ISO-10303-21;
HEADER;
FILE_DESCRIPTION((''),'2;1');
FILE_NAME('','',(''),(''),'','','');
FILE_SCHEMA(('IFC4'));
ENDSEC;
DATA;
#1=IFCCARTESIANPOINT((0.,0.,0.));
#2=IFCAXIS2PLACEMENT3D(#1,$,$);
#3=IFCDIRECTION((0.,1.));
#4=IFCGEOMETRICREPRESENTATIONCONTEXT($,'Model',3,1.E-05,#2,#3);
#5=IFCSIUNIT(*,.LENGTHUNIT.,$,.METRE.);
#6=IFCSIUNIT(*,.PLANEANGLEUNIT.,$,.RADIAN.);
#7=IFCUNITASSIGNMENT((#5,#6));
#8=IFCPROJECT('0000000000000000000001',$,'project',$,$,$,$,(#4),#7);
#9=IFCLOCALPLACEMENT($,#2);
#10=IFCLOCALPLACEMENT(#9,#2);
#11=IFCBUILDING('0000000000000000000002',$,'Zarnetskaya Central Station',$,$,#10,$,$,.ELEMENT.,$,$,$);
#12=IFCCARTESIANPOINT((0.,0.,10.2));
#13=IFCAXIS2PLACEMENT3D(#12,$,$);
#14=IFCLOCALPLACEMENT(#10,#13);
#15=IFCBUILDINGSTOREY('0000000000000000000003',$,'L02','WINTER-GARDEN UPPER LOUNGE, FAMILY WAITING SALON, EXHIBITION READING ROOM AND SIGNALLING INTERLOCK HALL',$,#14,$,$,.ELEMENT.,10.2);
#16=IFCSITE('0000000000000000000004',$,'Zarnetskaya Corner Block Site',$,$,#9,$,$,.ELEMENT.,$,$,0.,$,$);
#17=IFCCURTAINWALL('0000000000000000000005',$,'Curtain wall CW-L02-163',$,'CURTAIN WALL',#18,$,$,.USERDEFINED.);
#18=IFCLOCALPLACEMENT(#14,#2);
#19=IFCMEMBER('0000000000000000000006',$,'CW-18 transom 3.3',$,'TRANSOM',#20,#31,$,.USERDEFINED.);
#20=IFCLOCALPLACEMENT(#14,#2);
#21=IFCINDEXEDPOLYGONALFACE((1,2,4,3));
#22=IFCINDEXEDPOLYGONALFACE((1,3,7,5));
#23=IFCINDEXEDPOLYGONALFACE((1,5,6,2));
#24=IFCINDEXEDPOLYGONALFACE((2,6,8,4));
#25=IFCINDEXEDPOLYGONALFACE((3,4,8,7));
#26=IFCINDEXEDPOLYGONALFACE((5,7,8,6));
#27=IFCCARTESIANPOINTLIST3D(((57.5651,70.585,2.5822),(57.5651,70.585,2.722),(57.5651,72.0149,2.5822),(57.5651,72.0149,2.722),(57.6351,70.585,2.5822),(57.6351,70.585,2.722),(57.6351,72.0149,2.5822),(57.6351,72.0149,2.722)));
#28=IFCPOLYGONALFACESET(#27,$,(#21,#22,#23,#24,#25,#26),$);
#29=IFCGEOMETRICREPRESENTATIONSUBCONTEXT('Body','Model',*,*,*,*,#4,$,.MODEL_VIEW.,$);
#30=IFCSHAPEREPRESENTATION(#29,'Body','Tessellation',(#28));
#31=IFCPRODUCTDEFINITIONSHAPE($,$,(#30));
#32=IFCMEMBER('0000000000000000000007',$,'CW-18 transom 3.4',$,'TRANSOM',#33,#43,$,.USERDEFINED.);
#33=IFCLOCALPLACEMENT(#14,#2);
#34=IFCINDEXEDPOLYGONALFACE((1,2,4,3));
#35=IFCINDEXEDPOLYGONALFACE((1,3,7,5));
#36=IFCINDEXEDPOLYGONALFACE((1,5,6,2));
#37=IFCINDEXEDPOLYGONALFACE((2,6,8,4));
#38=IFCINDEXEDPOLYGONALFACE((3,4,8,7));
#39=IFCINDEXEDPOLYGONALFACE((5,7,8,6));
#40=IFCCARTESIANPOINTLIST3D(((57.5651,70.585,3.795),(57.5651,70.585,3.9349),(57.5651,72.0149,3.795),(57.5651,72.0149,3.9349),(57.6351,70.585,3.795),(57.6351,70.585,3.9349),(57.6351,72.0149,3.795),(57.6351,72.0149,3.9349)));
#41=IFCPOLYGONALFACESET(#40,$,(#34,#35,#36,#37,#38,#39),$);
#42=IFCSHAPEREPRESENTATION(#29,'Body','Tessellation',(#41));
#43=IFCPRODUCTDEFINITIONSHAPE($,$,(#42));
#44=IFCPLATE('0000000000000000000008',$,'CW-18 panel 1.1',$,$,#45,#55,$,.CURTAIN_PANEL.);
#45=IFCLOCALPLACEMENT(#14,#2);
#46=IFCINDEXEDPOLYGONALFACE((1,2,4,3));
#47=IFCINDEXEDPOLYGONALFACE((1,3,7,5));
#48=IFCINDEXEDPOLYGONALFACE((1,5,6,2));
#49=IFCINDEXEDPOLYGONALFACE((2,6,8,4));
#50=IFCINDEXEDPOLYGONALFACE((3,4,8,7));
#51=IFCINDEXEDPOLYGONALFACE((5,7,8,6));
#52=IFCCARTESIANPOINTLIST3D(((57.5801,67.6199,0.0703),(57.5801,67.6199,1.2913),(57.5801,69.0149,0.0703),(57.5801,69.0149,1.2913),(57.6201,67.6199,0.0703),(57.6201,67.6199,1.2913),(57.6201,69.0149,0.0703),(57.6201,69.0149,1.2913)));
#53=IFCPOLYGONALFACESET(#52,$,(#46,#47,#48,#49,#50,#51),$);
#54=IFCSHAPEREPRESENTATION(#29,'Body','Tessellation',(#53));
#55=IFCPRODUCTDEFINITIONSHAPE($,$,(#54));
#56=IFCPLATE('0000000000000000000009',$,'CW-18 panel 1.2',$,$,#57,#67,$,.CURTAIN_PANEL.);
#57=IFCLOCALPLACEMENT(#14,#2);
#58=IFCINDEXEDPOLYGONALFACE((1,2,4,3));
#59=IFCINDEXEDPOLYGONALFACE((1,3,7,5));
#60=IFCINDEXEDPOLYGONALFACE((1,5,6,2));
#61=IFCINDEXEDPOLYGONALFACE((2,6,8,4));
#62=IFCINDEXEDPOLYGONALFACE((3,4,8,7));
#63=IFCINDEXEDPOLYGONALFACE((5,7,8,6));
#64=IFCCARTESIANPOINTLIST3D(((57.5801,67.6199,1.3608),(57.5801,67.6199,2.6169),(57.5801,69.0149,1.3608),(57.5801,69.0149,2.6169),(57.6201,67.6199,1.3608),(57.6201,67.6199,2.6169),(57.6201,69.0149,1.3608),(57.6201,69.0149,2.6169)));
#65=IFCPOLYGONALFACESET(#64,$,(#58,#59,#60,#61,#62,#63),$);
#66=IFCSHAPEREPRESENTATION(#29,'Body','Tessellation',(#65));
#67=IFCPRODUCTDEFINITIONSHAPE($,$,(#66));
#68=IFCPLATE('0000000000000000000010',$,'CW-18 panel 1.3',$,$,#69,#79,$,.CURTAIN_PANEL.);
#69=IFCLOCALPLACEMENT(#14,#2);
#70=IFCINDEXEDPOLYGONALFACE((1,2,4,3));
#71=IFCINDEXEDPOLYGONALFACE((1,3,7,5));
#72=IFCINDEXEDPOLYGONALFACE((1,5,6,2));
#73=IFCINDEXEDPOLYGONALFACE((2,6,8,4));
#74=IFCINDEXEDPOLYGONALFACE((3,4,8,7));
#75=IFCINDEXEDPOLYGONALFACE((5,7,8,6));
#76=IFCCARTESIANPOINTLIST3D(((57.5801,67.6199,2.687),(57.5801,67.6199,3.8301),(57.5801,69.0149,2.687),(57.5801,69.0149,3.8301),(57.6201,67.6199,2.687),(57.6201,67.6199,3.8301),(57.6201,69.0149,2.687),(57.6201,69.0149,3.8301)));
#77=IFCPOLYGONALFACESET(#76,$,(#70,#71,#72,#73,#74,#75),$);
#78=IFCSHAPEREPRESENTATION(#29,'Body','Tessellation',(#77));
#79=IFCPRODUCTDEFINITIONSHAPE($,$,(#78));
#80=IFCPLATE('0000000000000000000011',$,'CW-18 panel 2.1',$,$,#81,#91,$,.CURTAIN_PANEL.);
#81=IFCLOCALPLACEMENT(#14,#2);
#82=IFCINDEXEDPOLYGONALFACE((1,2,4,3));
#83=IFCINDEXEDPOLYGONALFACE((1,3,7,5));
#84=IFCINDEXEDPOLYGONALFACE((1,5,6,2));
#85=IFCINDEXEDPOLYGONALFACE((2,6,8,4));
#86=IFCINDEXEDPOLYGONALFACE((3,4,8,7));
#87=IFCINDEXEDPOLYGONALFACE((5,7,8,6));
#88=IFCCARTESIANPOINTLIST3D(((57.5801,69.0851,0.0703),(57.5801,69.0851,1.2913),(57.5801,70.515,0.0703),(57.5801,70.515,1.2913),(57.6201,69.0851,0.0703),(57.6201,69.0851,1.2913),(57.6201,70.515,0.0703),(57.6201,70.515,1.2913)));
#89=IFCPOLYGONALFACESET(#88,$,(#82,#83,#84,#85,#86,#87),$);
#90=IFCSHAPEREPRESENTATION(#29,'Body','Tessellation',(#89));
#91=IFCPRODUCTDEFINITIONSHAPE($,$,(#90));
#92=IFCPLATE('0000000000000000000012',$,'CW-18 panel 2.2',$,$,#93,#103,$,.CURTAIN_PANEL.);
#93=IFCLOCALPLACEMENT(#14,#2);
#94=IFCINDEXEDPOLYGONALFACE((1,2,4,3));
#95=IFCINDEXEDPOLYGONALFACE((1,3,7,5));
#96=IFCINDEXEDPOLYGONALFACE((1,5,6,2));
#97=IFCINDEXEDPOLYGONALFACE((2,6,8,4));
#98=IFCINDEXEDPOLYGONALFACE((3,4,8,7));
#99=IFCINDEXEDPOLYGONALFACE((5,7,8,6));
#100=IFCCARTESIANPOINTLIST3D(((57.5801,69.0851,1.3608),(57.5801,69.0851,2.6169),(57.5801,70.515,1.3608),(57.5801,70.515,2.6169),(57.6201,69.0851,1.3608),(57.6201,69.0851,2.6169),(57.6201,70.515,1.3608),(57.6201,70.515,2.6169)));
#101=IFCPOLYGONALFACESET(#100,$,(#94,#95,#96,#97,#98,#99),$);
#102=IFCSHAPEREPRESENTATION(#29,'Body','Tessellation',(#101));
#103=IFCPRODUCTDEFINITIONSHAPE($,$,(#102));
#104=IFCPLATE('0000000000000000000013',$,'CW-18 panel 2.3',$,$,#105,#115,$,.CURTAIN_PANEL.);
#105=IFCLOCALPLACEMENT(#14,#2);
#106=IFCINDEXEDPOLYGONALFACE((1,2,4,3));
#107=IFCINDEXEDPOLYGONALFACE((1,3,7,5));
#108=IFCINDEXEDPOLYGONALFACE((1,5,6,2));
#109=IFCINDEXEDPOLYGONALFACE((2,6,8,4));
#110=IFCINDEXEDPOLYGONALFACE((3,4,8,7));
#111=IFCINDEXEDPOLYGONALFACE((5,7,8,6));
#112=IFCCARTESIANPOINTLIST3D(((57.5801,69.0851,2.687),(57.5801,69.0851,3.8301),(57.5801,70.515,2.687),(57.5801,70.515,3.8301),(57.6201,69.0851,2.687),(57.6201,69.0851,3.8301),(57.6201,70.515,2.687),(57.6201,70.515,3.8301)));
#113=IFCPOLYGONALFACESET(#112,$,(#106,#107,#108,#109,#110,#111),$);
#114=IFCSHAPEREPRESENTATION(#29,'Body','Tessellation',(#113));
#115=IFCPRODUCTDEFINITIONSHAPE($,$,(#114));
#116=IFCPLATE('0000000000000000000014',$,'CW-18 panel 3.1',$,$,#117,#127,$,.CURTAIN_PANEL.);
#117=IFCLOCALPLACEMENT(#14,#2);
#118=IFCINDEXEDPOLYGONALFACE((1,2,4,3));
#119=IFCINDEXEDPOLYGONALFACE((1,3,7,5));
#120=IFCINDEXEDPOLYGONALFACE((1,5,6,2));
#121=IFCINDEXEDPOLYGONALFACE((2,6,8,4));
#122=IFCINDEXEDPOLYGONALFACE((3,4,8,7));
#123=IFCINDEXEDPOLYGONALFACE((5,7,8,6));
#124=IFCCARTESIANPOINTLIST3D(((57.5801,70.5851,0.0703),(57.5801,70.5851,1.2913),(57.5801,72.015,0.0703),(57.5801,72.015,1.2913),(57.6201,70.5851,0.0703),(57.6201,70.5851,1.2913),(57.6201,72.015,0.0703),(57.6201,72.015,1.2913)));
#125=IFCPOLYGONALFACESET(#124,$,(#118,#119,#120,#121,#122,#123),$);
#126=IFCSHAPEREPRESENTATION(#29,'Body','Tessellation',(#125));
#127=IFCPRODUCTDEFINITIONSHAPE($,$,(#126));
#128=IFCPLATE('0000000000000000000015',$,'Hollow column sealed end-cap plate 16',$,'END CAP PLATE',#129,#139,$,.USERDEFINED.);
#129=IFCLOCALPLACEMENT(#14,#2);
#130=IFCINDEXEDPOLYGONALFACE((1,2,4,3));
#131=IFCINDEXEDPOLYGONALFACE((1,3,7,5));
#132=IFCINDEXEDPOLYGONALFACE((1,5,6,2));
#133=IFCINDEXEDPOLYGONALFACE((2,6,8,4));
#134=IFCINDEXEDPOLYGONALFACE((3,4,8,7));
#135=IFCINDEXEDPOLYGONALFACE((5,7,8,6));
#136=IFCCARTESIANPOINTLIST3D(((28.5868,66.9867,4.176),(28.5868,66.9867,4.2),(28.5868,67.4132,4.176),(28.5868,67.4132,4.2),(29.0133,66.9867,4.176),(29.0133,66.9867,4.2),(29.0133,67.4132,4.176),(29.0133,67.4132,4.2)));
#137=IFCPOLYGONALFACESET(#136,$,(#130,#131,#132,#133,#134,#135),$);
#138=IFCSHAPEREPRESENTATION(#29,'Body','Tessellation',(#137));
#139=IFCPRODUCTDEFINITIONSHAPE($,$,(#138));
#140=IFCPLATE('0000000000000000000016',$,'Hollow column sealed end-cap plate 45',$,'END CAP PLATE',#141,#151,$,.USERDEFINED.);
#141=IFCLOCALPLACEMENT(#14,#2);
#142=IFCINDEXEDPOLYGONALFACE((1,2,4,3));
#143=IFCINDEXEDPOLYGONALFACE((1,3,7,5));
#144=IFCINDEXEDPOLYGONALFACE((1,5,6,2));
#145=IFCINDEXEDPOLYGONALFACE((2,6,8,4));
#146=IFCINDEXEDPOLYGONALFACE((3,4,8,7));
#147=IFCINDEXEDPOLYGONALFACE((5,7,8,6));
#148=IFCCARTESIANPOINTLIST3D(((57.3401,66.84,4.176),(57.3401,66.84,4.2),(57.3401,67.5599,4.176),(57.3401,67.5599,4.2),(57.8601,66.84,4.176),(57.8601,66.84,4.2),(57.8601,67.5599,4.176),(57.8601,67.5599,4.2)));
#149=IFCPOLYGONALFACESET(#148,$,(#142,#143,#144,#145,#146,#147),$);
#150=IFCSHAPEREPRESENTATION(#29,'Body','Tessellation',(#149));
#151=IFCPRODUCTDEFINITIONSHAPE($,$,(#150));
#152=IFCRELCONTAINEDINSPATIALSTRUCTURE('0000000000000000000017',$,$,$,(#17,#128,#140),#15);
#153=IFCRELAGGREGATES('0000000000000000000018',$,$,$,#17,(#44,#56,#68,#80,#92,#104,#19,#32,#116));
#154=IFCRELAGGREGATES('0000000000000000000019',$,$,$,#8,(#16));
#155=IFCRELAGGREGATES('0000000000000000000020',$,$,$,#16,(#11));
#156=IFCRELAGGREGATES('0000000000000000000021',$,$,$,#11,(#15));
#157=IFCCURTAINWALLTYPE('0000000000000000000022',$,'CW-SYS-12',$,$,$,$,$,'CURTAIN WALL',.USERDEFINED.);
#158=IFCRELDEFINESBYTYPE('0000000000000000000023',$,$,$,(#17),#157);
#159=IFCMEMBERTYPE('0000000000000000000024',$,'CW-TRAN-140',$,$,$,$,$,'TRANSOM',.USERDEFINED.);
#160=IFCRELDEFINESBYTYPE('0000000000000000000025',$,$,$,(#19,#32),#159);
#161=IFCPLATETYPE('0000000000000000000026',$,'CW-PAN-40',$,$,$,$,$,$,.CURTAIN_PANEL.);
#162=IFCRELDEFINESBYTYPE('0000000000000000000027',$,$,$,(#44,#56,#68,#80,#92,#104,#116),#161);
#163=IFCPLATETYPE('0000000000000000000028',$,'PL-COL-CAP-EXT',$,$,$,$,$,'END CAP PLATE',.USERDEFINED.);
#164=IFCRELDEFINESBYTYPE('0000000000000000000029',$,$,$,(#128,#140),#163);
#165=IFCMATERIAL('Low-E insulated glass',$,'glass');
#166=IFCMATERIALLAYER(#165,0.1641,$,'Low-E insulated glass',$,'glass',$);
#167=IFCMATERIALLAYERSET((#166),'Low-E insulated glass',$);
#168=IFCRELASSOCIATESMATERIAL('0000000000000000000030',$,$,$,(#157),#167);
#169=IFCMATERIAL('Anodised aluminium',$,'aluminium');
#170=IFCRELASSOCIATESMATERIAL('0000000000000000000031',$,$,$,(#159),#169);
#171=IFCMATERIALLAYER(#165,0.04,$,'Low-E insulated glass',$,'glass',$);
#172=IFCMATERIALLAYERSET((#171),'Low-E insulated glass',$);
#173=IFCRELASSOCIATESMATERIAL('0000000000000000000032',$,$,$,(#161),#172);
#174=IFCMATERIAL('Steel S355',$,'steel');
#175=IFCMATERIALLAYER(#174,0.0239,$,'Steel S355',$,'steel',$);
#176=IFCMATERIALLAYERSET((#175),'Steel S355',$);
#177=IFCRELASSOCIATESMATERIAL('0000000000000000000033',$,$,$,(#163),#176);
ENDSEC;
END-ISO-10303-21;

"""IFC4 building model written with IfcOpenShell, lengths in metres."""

from ifc_helpers import new_model, si_unit, direction, frame, origin, origin_2d, place, context, subcontext, project, spatial, rectangle, extrude, material, layer, layer_set, material_profile, profile_set, type_object, element, aggregate, save


model = new_model("IFC4")

# Units and contexts
model_context = context("Model", 3, precision=1e-05, world=origin(), true_north=direction((0.0, 1.0)))
body_context = subcontext(model_context, "Body", "Model", "MODEL_VIEW")
ifc_project = project(units=[si_unit("LENGTHUNIT", "METRE"), si_unit("PLANEANGLEUNIT", "RADIAN")], contexts=[model_context])

# Site, building, storey
site_placement = place(None, origin())
site = spatial("IfcSite", under=ifc_project, at=site_placement, Name="Zarnetskaya Corner Block Site", CompositionType="ELEMENT", RefElevation=0.0)
building_placement = place(site_placement, origin())
building = spatial("IfcBuilding", under=site, at=building_placement, Name="Zarnetskaya Central Station", CompositionType="ELEMENT")
storey_placement = place(building_placement, frame((0.0, 0.0, 10.2)))
storey = spatial("IfcBuildingStorey", under=building, at=storey_placement, Name="L02", Description="WINTER-GARDEN UPPER LOUNGE, FAMILY WAITING SALON, EXHIBITION READING ROOM AND SIGNALLING INTERLOCK HALL", CompositionType="ELEMENT", Elevation=10.2)

# Shared definitions
ifc_material_1 = material(Name="Steel S355", Category="steel")

# Curtain wall, members, plates
ifc_material_2 = material(Name="Low-E insulated glass", Category="glass")
ifc_layer_1 = layer(ifc_material_2, 0.1641, Name="Low-E insulated glass", Category="glass")
ifc_layer_set_1 = layer_set([ifc_layer_1], Name="Low-E insulated glass")
curtain_wall_type = type_object("IfcCurtainWallType", Name="CW-SYS-12", ElementType="CURTAIN WALL", PredefinedType="USERDEFINED", material=ifc_layer_set_1)
curtain_wall_placement = place(storey_placement, origin())
curtain_wall = element("IfcCurtainWall", 1, at=curtain_wall_placement, inside=storey, type_object=curtain_wall_type, Name="Curtain wall CW-L02-163", ObjectType="CURTAIN WALL", PredefinedType="USERDEFINED")
ifc_material_3 = material(Name="Anodised aluminium", Category="aluminium")
ifc_material_profile_1 = material_profile(ifc_material_3, rectangle(XDim=0.0701, YDim=0.1399, at=origin_2d()), Name="ALU TRAN 70x140")
ifc_profile_set_1 = profile_set([ifc_material_profile_1], Name="Anodised aluminium")
member_type_1 = type_object("IfcMemberType", Name="CW-TRAN-140", ElementType="TRANSOM", PredefinedType="USERDEFINED", material=ifc_profile_set_1)
member_1_placement = place(storey_placement, frame((57.6001, 70.585, 2.6521), z_axis=(0.0, 1.0, 0.0), x_axis=(-1.0, 0.0, 0.0)))
member_1 = element("IfcMember", 2, at=member_1_placement, type_object=member_type_1, Name="CW-18 transom 3.3", ObjectType="TRANSOM", PredefinedType="USERDEFINED", context=body_context, shape_type="SweptSolid", body=[
    extrude(rectangle(XDim=0.0701, YDim=0.1399, at=origin_2d()), origin(), (0.0, 0.0, 1.0), 1.4299),
])
member_2_placement = place(storey_placement, frame((57.6001, 70.585, 3.865), z_axis=(0.0, 1.0, 0.0), x_axis=(-1.0, 0.0, 0.0)))
member_2 = element("IfcMember", 3, at=member_2_placement, type_object=member_type_1, Name="CW-18 transom 3.4", ObjectType="TRANSOM", PredefinedType="USERDEFINED", context=body_context, shape_type="SweptSolid", body=[
    extrude(rectangle(XDim=0.0701, YDim=0.1399, at=origin_2d()), origin(), (0.0, 0.0, 1.0), 1.4299),
])
ifc_layer_2 = layer(ifc_material_2, 0.04, Name="Low-E insulated glass", Category="glass")
ifc_layer_set_2 = layer_set([ifc_layer_2], Name="Low-E insulated glass")
plate_type_1 = type_object("IfcPlateType", Name="CW-PAN-40", PredefinedType="CURTAIN_PANEL", material=ifc_layer_set_2)
plate_1_placement = place(storey_placement, frame((57.6001, 68.3174, 0.0703), z_axis=(0.0, 0.0, 1.0), x_axis=(0.0, 1.0, 0.0)))
plate_1 = element("IfcPlate", 4, at=plate_1_placement, type_object=plate_type_1, Name="CW-18 panel 1.1", PredefinedType="CURTAIN_PANEL", context=body_context, shape_type="SweptSolid", body=[
    extrude(rectangle(XDim=1.395, YDim=0.04, at=origin_2d()), origin(), (0.0, 0.0, 1.0), 1.2209),
])
plate_2_placement = place(storey_placement, frame((57.6001, 68.3174, 1.3608), z_axis=(0.0, 0.0, 1.0), x_axis=(0.0, 1.0, 0.0)))
plate_2 = element("IfcPlate", 5, at=plate_2_placement, type_object=plate_type_1, Name="CW-18 panel 1.2", PredefinedType="CURTAIN_PANEL", context=body_context, shape_type="SweptSolid", body=[
    extrude(rectangle(XDim=1.395, YDim=0.04, at=origin_2d()), origin(), (0.0, 0.0, 1.0), 1.2561),
])
plate_3_placement = place(storey_placement, frame((57.6001, 68.3174, 2.687), z_axis=(0.0, 0.0, 1.0), x_axis=(0.0, 1.0, 0.0)))
plate_3 = element("IfcPlate", 6, at=plate_3_placement, type_object=plate_type_1, Name="CW-18 panel 1.3", PredefinedType="CURTAIN_PANEL", context=body_context, shape_type="SweptSolid", body=[
    extrude(rectangle(XDim=1.395, YDim=0.04, at=origin_2d()), origin(), (0.0, 0.0, 1.0), 1.1431),
])
plate_4_placement = place(storey_placement, frame((57.6001, 69.8, 0.0703), z_axis=(0.0, 0.0, 1.0), x_axis=(0.0, 1.0, 0.0)))
plate_4 = element("IfcPlate", 7, at=plate_4_placement, type_object=plate_type_1, Name="CW-18 panel 2.1", PredefinedType="CURTAIN_PANEL", context=body_context, shape_type="SweptSolid", body=[
    extrude(rectangle(XDim=1.4299, YDim=0.04, at=origin_2d()), origin(), (0.0, 0.0, 1.0), 1.2209),
])
plate_5_placement = place(storey_placement, frame((57.6001, 69.8, 1.3608), z_axis=(0.0, 0.0, 1.0), x_axis=(0.0, 1.0, 0.0)))
plate_5 = element("IfcPlate", 8, at=plate_5_placement, type_object=plate_type_1, Name="CW-18 panel 2.2", PredefinedType="CURTAIN_PANEL", context=body_context, shape_type="SweptSolid", body=[
    extrude(rectangle(XDim=1.4299, YDim=0.04, at=origin_2d()), origin(), (0.0, 0.0, 1.0), 1.2561),
])
plate_6_placement = place(storey_placement, frame((57.6001, 69.8, 2.687), z_axis=(0.0, 0.0, 1.0), x_axis=(0.0, 1.0, 0.0)))
plate_6 = element("IfcPlate", 9, at=plate_6_placement, type_object=plate_type_1, Name="CW-18 panel 2.3", PredefinedType="CURTAIN_PANEL", context=body_context, shape_type="SweptSolid", body=[
    extrude(rectangle(XDim=1.4299, YDim=0.04, at=origin_2d()), origin(), (0.0, 0.0, 1.0), 1.1431),
])
plate_7_placement = place(storey_placement, frame((57.6001, 71.3, 0.0703), z_axis=(0.0, 0.0, 1.0), x_axis=(0.0, 1.0, 0.0)))
plate_7 = element("IfcPlate", 10, at=plate_7_placement, type_object=plate_type_1, Name="CW-18 panel 3.1", PredefinedType="CURTAIN_PANEL", context=body_context, shape_type="SweptSolid", body=[
    extrude(rectangle(XDim=1.4299, YDim=0.04, at=origin_2d()), origin(), (0.0, 0.0, 1.0), 1.2209),
])
aggregate(curtain_wall, [plate_1, plate_2, plate_3, plate_4, plate_5, plate_6, member_1, member_2, plate_7])

# Plates
ifc_layer_3 = layer(ifc_material_1, 0.0239, Name="Steel S355", Category="steel")
ifc_layer_set_3 = layer_set([ifc_layer_3], Name="Steel S355")
plate_type_2 = type_object("IfcPlateType", Name="PL-COL-CAP-EXT", ElementType="END CAP PLATE", PredefinedType="USERDEFINED", material=ifc_layer_set_3)
plate_8_placement = place(storey_placement, frame((28.8, 67.2, 4.176), z_axis=(0.0, 0.0, 1.0), x_axis=(1.0, 0.0, 0.0)))
element("IfcPlate", 11, at=plate_8_placement, inside=storey, type_object=plate_type_2, Name="Hollow column sealed end-cap plate 16", ObjectType="END CAP PLATE", PredefinedType="USERDEFINED", context=body_context, shape_type="SweptSolid", body=[
    extrude(rectangle(XDim=0.4265, YDim=0.4265, at=origin_2d()), origin(), (0.0, 0.0, 1.0), 0.0239),
])
plate_9_placement = place(storey_placement, frame((57.6001, 67.2, 4.176), z_axis=(0.0, 0.0, 1.0), x_axis=(1.0, 0.0, 0.0)))
element("IfcPlate", 12, at=plate_9_placement, inside=storey, type_object=plate_type_2, Name="Hollow column sealed end-cap plate 45", ObjectType="END CAP PLATE", PredefinedType="USERDEFINED", context=body_context, shape_type="SweptSolid", body=[
    extrude(rectangle(XDim=0.52, YDim=0.72, at=origin_2d()), origin(), (0.0, 0.0, 1.0), 0.0239),
])

save(model, "model.ifc")
